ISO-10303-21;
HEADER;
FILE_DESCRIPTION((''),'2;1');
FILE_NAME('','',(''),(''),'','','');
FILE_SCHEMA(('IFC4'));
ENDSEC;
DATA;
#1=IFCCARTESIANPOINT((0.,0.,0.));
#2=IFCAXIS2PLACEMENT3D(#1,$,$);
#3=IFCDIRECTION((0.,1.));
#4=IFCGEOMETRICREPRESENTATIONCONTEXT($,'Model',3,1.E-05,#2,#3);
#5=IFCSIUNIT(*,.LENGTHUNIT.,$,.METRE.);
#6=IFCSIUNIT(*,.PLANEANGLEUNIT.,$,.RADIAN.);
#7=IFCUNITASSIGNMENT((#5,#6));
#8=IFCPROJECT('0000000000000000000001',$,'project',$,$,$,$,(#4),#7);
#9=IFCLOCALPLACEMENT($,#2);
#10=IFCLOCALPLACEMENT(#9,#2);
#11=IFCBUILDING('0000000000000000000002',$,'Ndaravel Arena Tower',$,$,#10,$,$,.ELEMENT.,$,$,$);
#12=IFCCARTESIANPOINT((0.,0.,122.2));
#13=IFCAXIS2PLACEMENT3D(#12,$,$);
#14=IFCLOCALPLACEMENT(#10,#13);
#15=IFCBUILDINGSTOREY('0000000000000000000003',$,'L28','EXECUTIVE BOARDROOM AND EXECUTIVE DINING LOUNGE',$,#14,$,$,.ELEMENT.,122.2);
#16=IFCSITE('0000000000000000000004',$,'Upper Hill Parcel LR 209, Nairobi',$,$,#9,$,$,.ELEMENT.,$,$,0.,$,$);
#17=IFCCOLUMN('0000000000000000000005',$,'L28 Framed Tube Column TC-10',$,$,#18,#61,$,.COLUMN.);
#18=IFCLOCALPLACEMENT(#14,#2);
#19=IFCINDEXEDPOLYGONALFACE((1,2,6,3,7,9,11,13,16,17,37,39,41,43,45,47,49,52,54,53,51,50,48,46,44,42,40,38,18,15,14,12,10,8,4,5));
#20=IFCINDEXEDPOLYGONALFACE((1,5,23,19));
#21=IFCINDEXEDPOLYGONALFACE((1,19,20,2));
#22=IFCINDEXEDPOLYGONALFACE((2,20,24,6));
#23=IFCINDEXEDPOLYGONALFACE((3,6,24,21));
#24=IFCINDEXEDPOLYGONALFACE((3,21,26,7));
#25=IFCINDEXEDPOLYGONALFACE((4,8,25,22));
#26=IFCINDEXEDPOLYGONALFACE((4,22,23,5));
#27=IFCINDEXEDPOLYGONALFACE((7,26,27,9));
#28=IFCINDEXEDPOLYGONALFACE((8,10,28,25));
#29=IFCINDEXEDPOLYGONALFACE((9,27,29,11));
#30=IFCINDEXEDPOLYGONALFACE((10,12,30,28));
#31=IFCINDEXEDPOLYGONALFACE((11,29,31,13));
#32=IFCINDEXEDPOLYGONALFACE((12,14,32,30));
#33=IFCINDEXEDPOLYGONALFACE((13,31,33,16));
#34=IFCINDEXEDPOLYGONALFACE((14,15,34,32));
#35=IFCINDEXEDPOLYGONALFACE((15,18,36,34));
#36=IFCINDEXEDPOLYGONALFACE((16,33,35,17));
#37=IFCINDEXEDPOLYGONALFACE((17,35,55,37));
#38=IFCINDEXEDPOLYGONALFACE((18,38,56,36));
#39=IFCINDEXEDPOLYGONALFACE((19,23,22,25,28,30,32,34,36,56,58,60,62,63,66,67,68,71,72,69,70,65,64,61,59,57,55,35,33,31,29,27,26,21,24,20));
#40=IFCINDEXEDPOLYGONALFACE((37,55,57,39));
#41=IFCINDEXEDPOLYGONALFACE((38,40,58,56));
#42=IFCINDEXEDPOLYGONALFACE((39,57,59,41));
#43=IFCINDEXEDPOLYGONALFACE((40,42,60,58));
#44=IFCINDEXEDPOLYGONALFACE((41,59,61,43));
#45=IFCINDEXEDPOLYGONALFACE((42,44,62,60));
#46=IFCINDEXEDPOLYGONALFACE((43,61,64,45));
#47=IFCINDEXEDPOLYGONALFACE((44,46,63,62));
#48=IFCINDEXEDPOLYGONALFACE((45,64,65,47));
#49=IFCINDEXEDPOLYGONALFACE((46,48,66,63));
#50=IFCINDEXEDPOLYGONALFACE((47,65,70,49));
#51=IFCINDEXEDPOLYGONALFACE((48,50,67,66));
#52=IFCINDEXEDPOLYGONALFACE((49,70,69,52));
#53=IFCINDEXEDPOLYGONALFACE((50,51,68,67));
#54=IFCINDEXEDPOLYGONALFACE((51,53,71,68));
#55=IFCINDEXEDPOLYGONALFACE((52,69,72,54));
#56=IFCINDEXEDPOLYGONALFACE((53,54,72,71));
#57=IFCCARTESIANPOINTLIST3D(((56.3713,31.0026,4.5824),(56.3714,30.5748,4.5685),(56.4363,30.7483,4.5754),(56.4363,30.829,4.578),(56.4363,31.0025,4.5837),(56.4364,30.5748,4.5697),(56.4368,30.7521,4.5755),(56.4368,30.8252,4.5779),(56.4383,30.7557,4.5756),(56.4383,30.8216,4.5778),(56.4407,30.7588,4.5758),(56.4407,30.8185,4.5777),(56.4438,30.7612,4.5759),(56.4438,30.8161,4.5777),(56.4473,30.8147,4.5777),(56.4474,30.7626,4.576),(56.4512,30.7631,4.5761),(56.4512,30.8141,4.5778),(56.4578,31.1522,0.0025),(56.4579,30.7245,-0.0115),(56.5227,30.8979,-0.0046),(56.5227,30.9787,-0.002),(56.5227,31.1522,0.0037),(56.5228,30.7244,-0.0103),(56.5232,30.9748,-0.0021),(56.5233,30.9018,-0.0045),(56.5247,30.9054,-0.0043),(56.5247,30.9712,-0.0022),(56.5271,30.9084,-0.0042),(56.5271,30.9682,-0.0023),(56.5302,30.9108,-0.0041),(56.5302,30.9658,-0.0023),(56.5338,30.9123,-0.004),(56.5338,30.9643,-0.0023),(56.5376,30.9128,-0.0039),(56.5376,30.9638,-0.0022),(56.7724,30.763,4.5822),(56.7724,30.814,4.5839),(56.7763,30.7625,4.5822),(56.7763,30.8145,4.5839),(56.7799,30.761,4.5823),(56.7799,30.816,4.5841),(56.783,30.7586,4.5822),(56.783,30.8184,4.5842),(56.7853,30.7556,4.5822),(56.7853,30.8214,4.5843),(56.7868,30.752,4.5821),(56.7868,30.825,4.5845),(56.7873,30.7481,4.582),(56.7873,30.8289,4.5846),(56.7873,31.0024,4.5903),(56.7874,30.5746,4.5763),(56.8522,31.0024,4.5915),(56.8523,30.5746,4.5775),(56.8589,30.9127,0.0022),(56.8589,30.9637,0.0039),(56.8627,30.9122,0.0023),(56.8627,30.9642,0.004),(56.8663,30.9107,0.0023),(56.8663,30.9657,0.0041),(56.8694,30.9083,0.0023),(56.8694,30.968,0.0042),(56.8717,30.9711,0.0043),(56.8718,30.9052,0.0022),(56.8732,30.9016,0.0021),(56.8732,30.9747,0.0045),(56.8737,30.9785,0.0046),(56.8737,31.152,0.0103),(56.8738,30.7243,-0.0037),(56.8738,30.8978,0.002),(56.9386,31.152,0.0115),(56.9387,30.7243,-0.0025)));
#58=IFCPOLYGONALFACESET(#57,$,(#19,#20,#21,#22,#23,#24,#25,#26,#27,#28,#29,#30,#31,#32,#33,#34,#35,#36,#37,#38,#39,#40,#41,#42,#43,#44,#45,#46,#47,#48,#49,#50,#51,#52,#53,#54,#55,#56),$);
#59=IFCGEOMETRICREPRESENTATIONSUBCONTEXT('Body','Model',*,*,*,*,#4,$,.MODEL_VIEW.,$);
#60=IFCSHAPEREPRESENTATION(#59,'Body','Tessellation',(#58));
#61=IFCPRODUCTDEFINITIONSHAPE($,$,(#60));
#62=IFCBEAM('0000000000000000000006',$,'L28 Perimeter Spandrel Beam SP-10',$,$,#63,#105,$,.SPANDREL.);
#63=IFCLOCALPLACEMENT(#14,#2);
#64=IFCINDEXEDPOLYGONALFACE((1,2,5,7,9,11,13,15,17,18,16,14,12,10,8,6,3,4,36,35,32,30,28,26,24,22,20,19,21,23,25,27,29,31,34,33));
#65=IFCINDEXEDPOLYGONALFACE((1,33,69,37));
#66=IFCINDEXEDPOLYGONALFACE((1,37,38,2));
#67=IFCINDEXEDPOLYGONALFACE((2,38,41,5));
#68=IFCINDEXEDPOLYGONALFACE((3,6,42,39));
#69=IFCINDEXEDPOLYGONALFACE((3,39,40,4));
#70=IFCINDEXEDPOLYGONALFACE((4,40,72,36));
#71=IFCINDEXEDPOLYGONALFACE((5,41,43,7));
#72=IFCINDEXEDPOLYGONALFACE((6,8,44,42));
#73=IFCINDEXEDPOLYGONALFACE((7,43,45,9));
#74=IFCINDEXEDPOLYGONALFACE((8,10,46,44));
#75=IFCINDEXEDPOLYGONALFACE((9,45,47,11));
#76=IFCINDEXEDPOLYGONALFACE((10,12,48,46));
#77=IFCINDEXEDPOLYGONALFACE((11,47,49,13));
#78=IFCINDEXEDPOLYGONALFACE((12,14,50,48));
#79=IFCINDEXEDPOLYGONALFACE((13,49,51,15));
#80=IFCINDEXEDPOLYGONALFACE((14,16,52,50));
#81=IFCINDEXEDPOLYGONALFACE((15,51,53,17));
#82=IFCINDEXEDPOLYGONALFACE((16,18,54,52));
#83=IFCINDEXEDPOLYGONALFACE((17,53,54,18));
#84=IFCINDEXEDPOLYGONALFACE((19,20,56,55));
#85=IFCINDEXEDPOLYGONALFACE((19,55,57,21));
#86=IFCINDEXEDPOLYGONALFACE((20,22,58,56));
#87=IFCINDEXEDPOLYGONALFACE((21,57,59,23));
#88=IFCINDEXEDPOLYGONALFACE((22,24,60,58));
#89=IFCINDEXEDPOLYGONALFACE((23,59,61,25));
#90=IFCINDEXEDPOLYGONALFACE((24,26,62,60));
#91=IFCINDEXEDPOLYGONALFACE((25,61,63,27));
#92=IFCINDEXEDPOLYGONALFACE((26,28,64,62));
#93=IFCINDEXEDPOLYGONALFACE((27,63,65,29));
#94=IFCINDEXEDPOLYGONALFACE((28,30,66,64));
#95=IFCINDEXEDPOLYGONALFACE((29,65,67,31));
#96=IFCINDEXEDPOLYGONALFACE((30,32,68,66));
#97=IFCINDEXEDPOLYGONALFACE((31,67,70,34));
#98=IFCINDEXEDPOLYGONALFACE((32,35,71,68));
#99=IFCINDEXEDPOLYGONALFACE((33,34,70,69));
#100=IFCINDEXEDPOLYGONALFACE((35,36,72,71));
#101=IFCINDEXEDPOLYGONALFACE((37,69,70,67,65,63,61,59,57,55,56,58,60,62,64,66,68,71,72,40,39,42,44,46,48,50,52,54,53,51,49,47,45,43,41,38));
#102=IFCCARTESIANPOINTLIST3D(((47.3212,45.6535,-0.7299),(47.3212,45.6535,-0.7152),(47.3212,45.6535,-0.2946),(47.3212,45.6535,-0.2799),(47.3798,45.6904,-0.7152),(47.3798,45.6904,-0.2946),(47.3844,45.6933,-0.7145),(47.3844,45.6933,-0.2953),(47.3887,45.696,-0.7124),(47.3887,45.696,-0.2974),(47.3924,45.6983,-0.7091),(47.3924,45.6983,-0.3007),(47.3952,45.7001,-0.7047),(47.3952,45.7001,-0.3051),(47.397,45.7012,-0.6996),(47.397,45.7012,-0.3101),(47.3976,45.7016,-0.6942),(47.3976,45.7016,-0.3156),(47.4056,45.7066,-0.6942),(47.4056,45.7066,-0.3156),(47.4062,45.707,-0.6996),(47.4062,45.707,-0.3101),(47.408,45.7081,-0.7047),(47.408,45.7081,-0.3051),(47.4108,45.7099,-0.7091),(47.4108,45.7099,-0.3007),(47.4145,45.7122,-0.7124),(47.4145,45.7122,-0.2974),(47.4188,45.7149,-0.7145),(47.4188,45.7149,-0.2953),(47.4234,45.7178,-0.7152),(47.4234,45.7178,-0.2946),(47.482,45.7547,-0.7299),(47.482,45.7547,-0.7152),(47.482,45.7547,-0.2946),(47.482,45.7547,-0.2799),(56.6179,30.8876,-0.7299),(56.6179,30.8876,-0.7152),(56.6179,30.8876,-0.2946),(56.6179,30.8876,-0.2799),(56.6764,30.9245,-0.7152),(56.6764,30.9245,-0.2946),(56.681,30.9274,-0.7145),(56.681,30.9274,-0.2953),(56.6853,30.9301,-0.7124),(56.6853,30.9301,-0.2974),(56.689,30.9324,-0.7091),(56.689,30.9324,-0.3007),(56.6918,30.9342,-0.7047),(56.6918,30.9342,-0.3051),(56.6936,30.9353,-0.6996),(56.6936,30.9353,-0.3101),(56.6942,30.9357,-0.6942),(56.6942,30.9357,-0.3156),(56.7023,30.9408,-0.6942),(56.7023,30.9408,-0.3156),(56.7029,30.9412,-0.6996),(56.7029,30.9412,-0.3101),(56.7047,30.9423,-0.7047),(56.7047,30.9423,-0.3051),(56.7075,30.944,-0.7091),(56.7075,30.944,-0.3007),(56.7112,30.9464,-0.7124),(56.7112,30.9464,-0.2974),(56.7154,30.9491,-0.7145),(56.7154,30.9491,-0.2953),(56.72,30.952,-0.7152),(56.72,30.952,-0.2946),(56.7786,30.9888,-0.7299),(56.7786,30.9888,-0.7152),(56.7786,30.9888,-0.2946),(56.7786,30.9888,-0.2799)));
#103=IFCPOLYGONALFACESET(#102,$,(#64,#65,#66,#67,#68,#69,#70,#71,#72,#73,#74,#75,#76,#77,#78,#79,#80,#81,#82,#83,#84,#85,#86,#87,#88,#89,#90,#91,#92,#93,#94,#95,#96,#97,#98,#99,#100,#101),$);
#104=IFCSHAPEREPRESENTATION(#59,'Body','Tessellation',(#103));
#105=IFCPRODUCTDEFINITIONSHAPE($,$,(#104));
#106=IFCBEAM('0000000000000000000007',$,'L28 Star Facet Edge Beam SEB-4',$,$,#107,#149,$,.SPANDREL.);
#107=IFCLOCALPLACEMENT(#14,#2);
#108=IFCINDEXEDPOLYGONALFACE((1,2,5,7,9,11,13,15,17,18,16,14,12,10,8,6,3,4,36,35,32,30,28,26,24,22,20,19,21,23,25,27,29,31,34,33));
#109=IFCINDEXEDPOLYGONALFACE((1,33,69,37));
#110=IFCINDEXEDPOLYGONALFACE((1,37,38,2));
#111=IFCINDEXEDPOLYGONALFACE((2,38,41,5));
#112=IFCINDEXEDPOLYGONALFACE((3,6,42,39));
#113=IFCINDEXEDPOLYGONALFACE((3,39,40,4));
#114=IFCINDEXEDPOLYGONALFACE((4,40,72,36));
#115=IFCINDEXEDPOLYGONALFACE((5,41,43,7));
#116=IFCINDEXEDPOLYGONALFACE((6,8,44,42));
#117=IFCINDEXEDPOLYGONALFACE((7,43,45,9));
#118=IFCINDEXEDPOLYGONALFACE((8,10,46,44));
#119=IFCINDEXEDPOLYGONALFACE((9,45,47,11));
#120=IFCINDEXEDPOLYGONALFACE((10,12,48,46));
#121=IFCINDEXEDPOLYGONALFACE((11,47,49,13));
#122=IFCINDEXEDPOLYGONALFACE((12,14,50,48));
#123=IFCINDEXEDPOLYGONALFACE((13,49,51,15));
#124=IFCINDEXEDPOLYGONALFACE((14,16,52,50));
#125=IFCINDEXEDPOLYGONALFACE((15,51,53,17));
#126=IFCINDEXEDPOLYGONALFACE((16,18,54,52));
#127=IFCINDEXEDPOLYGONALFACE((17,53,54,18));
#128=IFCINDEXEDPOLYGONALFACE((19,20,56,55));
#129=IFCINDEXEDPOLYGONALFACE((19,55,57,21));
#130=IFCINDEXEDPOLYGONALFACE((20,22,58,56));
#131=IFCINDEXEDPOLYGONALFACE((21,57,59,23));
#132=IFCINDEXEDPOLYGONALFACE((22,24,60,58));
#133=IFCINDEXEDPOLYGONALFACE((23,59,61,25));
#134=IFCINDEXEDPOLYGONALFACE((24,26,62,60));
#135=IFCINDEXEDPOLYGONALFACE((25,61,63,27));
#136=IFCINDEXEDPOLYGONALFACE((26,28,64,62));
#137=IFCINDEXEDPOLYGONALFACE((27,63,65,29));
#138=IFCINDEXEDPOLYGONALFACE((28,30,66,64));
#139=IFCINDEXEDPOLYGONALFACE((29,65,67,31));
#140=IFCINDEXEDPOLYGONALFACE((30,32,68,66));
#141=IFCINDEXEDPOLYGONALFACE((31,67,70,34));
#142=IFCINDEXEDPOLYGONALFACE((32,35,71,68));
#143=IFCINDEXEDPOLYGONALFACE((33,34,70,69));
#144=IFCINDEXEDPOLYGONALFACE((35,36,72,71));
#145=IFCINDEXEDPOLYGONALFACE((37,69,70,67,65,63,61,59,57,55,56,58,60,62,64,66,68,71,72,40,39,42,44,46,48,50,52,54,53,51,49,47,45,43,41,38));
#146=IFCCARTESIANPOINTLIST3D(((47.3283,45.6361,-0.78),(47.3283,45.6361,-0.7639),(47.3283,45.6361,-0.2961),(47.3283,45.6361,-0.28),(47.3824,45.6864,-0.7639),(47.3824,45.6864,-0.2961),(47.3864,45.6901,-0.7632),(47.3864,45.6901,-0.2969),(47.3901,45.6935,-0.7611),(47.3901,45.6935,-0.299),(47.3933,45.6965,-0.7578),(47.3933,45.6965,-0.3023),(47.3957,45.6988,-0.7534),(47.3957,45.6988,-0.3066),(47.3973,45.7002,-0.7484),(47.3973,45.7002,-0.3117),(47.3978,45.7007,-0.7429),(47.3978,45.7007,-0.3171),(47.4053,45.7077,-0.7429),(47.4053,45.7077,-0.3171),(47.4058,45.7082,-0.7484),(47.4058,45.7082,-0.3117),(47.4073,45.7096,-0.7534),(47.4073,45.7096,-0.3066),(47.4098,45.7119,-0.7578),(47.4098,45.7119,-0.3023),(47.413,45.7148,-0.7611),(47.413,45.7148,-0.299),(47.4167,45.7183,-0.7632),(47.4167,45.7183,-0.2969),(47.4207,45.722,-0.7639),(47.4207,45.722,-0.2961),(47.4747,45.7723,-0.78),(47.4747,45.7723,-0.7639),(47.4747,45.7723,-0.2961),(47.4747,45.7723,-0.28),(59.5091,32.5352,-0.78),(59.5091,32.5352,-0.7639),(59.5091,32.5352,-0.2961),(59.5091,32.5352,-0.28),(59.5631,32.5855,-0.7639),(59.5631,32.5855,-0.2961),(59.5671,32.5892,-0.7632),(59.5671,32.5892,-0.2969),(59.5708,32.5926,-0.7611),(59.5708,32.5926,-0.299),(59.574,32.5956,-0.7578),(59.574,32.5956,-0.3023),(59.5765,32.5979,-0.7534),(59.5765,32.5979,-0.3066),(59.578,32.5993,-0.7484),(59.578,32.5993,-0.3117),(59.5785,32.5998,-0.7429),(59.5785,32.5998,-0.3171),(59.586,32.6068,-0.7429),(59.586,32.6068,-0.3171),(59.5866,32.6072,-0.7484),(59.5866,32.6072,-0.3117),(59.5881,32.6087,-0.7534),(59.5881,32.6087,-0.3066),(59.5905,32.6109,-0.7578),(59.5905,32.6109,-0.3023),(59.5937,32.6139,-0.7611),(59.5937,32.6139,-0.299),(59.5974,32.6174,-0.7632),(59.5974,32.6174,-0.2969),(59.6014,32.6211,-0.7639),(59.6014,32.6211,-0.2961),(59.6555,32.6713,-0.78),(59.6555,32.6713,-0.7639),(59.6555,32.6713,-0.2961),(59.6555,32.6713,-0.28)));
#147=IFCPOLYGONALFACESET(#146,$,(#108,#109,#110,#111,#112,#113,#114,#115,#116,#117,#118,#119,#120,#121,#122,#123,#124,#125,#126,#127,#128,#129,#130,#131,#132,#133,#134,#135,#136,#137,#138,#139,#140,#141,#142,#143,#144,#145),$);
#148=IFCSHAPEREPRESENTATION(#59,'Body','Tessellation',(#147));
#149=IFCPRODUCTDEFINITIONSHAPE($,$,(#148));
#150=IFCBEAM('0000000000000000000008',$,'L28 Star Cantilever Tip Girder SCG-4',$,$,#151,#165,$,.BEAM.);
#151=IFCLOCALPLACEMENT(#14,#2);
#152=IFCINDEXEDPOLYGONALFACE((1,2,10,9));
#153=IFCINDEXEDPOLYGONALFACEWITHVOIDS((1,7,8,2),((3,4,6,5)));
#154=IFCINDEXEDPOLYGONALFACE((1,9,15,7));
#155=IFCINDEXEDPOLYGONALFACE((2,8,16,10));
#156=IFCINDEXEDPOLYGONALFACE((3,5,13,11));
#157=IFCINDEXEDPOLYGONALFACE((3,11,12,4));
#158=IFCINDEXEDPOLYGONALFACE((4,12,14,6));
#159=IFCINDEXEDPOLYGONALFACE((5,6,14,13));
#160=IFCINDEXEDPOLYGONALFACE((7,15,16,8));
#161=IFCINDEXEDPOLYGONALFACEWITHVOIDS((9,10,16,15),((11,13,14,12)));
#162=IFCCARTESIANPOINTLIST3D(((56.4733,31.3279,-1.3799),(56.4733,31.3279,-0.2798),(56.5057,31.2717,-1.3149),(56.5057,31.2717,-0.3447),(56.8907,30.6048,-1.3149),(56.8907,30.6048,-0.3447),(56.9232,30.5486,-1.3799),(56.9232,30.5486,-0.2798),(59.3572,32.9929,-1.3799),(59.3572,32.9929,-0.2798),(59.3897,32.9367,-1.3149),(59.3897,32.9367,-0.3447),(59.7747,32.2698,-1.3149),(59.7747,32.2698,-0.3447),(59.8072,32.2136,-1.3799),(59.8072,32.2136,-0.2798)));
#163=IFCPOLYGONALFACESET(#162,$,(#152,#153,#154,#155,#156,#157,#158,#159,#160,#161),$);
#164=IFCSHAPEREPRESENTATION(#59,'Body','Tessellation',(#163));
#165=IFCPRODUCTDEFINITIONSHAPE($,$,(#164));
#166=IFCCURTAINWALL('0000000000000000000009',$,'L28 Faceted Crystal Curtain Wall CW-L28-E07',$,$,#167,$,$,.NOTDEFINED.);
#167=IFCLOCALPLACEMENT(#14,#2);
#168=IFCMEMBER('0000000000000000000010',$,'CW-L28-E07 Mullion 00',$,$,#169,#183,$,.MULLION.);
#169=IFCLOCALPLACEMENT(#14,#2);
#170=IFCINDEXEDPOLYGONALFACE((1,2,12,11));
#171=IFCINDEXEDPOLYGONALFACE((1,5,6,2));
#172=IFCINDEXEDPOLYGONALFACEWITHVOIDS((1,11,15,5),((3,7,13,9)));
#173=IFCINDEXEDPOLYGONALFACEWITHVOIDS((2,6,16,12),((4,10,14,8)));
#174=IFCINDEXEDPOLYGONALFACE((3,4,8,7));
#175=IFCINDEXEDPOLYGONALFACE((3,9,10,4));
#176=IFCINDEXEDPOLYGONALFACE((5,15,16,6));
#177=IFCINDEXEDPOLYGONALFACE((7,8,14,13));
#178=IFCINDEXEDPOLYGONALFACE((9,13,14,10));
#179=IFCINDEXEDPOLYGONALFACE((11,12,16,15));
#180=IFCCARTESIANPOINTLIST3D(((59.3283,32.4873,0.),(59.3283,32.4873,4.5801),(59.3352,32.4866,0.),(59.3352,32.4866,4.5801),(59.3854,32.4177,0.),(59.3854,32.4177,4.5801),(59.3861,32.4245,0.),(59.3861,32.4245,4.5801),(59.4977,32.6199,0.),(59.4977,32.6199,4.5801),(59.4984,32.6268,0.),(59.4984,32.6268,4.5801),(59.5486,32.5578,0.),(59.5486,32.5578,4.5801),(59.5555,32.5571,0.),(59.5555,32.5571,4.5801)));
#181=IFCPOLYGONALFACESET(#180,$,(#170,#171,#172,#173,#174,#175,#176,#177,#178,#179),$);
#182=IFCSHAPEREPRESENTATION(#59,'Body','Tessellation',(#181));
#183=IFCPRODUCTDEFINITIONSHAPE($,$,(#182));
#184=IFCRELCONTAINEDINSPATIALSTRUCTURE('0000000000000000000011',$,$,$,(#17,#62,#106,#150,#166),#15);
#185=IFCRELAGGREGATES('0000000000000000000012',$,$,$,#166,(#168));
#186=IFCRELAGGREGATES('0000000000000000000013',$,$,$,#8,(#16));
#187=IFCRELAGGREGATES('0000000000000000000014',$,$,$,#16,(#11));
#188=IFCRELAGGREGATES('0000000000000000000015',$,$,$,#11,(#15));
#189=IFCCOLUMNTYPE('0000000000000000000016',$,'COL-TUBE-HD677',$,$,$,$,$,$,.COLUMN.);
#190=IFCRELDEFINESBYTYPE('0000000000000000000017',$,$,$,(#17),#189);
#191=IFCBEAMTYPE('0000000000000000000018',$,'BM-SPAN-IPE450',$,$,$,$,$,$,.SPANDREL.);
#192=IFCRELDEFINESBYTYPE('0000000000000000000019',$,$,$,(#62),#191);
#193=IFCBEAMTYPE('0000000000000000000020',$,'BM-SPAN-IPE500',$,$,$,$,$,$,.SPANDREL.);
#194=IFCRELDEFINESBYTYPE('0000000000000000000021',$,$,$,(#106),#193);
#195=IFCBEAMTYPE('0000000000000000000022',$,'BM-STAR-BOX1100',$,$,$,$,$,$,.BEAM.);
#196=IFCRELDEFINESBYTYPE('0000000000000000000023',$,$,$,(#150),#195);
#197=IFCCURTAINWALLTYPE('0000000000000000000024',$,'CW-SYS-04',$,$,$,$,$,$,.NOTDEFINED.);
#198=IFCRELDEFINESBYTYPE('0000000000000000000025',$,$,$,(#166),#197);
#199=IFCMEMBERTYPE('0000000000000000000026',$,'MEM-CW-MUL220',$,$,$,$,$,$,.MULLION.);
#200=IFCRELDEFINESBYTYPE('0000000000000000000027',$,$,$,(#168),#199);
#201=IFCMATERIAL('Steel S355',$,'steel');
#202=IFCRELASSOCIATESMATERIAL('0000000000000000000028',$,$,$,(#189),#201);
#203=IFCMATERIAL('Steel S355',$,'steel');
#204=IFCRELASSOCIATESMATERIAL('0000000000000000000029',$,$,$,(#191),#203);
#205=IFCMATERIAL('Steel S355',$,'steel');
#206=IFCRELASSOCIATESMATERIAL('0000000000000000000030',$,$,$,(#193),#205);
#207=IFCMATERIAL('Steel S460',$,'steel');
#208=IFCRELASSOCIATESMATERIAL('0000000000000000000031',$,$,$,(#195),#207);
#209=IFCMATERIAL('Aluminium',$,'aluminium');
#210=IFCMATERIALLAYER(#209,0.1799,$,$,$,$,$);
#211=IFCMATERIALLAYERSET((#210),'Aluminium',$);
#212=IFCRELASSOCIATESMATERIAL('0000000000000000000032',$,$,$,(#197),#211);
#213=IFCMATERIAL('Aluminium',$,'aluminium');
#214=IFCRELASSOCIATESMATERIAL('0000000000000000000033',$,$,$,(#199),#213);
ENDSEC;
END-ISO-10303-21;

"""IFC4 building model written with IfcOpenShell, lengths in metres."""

from ifc_helpers import new_model, si_unit, direction, frame, origin, origin_2d, place, context, subcontext, project, spatial, hollow_rectangle, i_section, extrude, material, layer, layer_set, material_profile, profile_set, type_object, element, aggregate, save


model = new_model("IFC4")

# Units and contexts
model_context = context("Model", 3, precision=1e-05, world=origin(), true_north=direction((0.0, 1.0)))
body_context = subcontext(model_context, "Body", "Model", "MODEL_VIEW")
ifc_project = project(units=[si_unit("LENGTHUNIT", "METRE"), si_unit("PLANEANGLEUNIT", "RADIAN")], contexts=[model_context])

# Site, building, storey
site_placement = place(None, origin())
site = spatial("IfcSite", under=ifc_project, at=site_placement, Name="Upper Hill Parcel LR 209, Nairobi", CompositionType="ELEMENT", RefElevation=0.0)
building_placement = place(site_placement, origin())
building = spatial("IfcBuilding", under=site, at=building_placement, Name="Ndaravel Arena Tower", CompositionType="ELEMENT")
storey_placement = place(building_placement, frame((0.0, 0.0, 122.2)))
storey = spatial("IfcBuildingStorey", under=building, at=storey_placement, Name="L28", Description="EXECUTIVE BOARDROOM AND EXECUTIVE DINING LOUNGE", CompositionType="ELEMENT", Elevation=122.2)

# Column
ifc_material_1 = material(Name="Steel S355", Category="steel")
ifc_material_profile_1 = material_profile(ifc_material_1, i_section(OverallWidth=0.428, OverallDepth=0.481, WebThickness=0.051, FlangeThickness=0.0649, FilletRadius=0.0149, at=origin_2d()), Name="HD 400x677")
ifc_profile_set_1 = profile_set([ifc_material_profile_1], Name="Steel S355")
column_type = type_object("IfcColumnType", Name="COL-TUBE-HD677", PredefinedType="COLUMN", material=ifc_profile_set_1)
column_placement = place(storey_placement, frame((56.6982, 30.9382, 0.0), z_axis=(-0.018857, -0.032653, 0.999289), x_axis=(-0.000205, 0.999467, 0.032655)))
element("IfcColumn", 1, at=column_placement, inside=storey, type_object=column_type, Name="L28 Framed Tube Column TC-10", PredefinedType="COLUMN", context=body_context, shape_type="SweptSolid", body=[
    extrude(i_section(OverallWidth=0.428, OverallDepth=0.481, WebThickness=0.051, FlangeThickness=0.0649, FilletRadius=0.0149, at=origin_2d()), origin(), (0.0, 0.0, 1.0), 4.5833),
])

# Beams
ifc_material_2 = material(Name="Steel S355", Category="steel")
ifc_material_profile_2 = material_profile(ifc_material_2, i_section(OverallWidth=0.1899, OverallDepth=0.45, WebThickness=0.0095, FlangeThickness=0.0146, FilletRadius=0.021, at=origin_2d()), Name="IPE 450")
ifc_profile_set_2 = profile_set([ifc_material_profile_2], Name="Steel S355")
beam_type_1 = type_object("IfcBeamType", Name="BM-SPAN-IPE450", PredefinedType="SPANDREL", material=ifc_profile_set_2)
beam_1_placement = place(storey_placement, frame((56.6982, 30.9382, -0.5049), z_axis=(-0.532797, 0.846243, 0.0), x_axis=(-0.846243, -0.532797, 0.0)))
element("IfcBeam", 2, at=beam_1_placement, inside=storey, type_object=beam_type_1, Name="L28 Perimeter Spandrel Beam SP-10", PredefinedType="SPANDREL", context=body_context, shape_type="SweptSolid", body=[
    extrude(i_section(OverallWidth=0.1899, OverallDepth=0.45, WebThickness=0.0095, FlangeThickness=0.0146, FilletRadius=0.021, at=origin_2d()), origin(), (0.0, 0.0, 1.0), 17.4487),
])
ifc_material_3 = material(Name="Steel S355", Category="steel")
ifc_material_profile_3 = material_profile(ifc_material_3, i_section(OverallWidth=0.2, OverallDepth=0.5, WebThickness=0.0103, FlangeThickness=0.0161, FilletRadius=0.021, at=origin_2d()), Name="IPE 500")
ifc_profile_set_3 = profile_set([ifc_material_profile_3], Name="Steel S355")
beam_type_2 = type_object("IfcBeamType", Name="BM-SPAN-IPE500", PredefinedType="SPANDREL", material=ifc_profile_set_3)
beam_2_placement = place(storey_placement, frame((59.5823, 32.6033, -0.53), z_axis=(-0.680919, 0.732358, 0.0), x_axis=(-0.732358, -0.680919, 0.0)))
element("IfcBeam", 3, at=beam_2_placement, inside=storey, type_object=beam_type_2, Name="L28 Star Facet Edge Beam SEB-4", PredefinedType="SPANDREL", context=body_context, shape_type="SweptSolid", body=[
    extrude(i_section(OverallWidth=0.2, OverallDepth=0.5, WebThickness=0.0103, FlangeThickness=0.0161, FilletRadius=0.021, at=origin_2d()), origin(), (0.0, 0.0, 1.0), 17.8887),
])
ifc_material_4 = material(Name="Steel S460", Category="steel")
ifc_material_profile_4 = material_profile(ifc_material_4, hollow_rectangle(XDim=0.8999, YDim=1.1001, WallThickness=0.0649, at=origin_2d()), Name="BOX 1100x900x65")
ifc_profile_set_4 = profile_set([ifc_material_profile_4], Name="Steel S460")
beam_type_3 = type_object("IfcBeamType", Name="BM-STAR-BOX1100", PredefinedType="BEAM", material=ifc_profile_set_4)
beam_3_placement = place(storey_placement, frame((56.6982, 30.9382, -0.8298), z_axis=(0.866033, 0.499987, 0.0), x_axis=(-0.499987, 0.866033, 0.0)))
element("IfcBeam", 4, at=beam_3_placement, inside=storey, type_object=beam_type_3, Name="L28 Star Cantilever Tip Girder SCG-4", PredefinedType="BEAM", context=body_context, shape_type="SweptSolid", body=[
    extrude(hollow_rectangle(XDim=0.8999, YDim=1.1001, WallThickness=0.0649, at=origin_2d()), origin(), (0.0, 0.0, 1.0), 3.3301),
])

# Curtain wall, member
ifc_material_5 = material(Name="Aluminium", Category="aluminium")
ifc_layer_1 = layer(ifc_material_5, 0.1799)
ifc_layer_set_1 = layer_set([ifc_layer_1], Name="Aluminium")
curtain_wall_type = type_object("IfcCurtainWallType", Name="CW-SYS-04", PredefinedType="NOTDEFINED", material=ifc_layer_set_1)
curtain_wall_1_placement = place(storey_placement, origin())
curtain_wall_1 = element("IfcCurtainWall", 5, at=curtain_wall_1_placement, inside=storey, type_object=curtain_wall_type, Name="L28 Faceted Crystal Curtain Wall CW-L28-E07", PredefinedType="NOTDEFINED")
ifc_material_6 = material(Name="Aluminium", Category="aluminium")
ifc_material_profile_5 = material_profile(ifc_material_6, hollow_rectangle(XDim=0.0901, YDim=0.22, WallThickness=0.0049, at=origin_2d()), Name="CW MULLION 90x220x5")
ifc_profile_set_5 = profile_set([ifc_material_profile_5], Name="Aluminium")
member_type_1 = type_object("IfcMemberType", Name="MEM-CW-MUL220", PredefinedType="MULLION", material=ifc_profile_set_5)
member_1_placement = place(storey_placement, frame((59.4419, 32.5222, 0.0), z_axis=(0.0, 0.0, 1.0), x_axis=(-0.633934, 0.773387, 0.0)))
member_1 = element("IfcMember", 6, at=member_1_placement, type_object=member_type_1, Name="CW-L28-E07 Mullion 00", PredefinedType="MULLION", context=body_context, shape_type="SweptSolid", body=[
    extrude(hollow_rectangle(XDim=0.0901, YDim=0.22, WallThickness=0.0049, at=origin_2d()), origin(), (0.0, 0.0, 1.0), 4.5801),
])

aggregate(curtain_wall_1, [member_1])

save(model, "model.ifc")
